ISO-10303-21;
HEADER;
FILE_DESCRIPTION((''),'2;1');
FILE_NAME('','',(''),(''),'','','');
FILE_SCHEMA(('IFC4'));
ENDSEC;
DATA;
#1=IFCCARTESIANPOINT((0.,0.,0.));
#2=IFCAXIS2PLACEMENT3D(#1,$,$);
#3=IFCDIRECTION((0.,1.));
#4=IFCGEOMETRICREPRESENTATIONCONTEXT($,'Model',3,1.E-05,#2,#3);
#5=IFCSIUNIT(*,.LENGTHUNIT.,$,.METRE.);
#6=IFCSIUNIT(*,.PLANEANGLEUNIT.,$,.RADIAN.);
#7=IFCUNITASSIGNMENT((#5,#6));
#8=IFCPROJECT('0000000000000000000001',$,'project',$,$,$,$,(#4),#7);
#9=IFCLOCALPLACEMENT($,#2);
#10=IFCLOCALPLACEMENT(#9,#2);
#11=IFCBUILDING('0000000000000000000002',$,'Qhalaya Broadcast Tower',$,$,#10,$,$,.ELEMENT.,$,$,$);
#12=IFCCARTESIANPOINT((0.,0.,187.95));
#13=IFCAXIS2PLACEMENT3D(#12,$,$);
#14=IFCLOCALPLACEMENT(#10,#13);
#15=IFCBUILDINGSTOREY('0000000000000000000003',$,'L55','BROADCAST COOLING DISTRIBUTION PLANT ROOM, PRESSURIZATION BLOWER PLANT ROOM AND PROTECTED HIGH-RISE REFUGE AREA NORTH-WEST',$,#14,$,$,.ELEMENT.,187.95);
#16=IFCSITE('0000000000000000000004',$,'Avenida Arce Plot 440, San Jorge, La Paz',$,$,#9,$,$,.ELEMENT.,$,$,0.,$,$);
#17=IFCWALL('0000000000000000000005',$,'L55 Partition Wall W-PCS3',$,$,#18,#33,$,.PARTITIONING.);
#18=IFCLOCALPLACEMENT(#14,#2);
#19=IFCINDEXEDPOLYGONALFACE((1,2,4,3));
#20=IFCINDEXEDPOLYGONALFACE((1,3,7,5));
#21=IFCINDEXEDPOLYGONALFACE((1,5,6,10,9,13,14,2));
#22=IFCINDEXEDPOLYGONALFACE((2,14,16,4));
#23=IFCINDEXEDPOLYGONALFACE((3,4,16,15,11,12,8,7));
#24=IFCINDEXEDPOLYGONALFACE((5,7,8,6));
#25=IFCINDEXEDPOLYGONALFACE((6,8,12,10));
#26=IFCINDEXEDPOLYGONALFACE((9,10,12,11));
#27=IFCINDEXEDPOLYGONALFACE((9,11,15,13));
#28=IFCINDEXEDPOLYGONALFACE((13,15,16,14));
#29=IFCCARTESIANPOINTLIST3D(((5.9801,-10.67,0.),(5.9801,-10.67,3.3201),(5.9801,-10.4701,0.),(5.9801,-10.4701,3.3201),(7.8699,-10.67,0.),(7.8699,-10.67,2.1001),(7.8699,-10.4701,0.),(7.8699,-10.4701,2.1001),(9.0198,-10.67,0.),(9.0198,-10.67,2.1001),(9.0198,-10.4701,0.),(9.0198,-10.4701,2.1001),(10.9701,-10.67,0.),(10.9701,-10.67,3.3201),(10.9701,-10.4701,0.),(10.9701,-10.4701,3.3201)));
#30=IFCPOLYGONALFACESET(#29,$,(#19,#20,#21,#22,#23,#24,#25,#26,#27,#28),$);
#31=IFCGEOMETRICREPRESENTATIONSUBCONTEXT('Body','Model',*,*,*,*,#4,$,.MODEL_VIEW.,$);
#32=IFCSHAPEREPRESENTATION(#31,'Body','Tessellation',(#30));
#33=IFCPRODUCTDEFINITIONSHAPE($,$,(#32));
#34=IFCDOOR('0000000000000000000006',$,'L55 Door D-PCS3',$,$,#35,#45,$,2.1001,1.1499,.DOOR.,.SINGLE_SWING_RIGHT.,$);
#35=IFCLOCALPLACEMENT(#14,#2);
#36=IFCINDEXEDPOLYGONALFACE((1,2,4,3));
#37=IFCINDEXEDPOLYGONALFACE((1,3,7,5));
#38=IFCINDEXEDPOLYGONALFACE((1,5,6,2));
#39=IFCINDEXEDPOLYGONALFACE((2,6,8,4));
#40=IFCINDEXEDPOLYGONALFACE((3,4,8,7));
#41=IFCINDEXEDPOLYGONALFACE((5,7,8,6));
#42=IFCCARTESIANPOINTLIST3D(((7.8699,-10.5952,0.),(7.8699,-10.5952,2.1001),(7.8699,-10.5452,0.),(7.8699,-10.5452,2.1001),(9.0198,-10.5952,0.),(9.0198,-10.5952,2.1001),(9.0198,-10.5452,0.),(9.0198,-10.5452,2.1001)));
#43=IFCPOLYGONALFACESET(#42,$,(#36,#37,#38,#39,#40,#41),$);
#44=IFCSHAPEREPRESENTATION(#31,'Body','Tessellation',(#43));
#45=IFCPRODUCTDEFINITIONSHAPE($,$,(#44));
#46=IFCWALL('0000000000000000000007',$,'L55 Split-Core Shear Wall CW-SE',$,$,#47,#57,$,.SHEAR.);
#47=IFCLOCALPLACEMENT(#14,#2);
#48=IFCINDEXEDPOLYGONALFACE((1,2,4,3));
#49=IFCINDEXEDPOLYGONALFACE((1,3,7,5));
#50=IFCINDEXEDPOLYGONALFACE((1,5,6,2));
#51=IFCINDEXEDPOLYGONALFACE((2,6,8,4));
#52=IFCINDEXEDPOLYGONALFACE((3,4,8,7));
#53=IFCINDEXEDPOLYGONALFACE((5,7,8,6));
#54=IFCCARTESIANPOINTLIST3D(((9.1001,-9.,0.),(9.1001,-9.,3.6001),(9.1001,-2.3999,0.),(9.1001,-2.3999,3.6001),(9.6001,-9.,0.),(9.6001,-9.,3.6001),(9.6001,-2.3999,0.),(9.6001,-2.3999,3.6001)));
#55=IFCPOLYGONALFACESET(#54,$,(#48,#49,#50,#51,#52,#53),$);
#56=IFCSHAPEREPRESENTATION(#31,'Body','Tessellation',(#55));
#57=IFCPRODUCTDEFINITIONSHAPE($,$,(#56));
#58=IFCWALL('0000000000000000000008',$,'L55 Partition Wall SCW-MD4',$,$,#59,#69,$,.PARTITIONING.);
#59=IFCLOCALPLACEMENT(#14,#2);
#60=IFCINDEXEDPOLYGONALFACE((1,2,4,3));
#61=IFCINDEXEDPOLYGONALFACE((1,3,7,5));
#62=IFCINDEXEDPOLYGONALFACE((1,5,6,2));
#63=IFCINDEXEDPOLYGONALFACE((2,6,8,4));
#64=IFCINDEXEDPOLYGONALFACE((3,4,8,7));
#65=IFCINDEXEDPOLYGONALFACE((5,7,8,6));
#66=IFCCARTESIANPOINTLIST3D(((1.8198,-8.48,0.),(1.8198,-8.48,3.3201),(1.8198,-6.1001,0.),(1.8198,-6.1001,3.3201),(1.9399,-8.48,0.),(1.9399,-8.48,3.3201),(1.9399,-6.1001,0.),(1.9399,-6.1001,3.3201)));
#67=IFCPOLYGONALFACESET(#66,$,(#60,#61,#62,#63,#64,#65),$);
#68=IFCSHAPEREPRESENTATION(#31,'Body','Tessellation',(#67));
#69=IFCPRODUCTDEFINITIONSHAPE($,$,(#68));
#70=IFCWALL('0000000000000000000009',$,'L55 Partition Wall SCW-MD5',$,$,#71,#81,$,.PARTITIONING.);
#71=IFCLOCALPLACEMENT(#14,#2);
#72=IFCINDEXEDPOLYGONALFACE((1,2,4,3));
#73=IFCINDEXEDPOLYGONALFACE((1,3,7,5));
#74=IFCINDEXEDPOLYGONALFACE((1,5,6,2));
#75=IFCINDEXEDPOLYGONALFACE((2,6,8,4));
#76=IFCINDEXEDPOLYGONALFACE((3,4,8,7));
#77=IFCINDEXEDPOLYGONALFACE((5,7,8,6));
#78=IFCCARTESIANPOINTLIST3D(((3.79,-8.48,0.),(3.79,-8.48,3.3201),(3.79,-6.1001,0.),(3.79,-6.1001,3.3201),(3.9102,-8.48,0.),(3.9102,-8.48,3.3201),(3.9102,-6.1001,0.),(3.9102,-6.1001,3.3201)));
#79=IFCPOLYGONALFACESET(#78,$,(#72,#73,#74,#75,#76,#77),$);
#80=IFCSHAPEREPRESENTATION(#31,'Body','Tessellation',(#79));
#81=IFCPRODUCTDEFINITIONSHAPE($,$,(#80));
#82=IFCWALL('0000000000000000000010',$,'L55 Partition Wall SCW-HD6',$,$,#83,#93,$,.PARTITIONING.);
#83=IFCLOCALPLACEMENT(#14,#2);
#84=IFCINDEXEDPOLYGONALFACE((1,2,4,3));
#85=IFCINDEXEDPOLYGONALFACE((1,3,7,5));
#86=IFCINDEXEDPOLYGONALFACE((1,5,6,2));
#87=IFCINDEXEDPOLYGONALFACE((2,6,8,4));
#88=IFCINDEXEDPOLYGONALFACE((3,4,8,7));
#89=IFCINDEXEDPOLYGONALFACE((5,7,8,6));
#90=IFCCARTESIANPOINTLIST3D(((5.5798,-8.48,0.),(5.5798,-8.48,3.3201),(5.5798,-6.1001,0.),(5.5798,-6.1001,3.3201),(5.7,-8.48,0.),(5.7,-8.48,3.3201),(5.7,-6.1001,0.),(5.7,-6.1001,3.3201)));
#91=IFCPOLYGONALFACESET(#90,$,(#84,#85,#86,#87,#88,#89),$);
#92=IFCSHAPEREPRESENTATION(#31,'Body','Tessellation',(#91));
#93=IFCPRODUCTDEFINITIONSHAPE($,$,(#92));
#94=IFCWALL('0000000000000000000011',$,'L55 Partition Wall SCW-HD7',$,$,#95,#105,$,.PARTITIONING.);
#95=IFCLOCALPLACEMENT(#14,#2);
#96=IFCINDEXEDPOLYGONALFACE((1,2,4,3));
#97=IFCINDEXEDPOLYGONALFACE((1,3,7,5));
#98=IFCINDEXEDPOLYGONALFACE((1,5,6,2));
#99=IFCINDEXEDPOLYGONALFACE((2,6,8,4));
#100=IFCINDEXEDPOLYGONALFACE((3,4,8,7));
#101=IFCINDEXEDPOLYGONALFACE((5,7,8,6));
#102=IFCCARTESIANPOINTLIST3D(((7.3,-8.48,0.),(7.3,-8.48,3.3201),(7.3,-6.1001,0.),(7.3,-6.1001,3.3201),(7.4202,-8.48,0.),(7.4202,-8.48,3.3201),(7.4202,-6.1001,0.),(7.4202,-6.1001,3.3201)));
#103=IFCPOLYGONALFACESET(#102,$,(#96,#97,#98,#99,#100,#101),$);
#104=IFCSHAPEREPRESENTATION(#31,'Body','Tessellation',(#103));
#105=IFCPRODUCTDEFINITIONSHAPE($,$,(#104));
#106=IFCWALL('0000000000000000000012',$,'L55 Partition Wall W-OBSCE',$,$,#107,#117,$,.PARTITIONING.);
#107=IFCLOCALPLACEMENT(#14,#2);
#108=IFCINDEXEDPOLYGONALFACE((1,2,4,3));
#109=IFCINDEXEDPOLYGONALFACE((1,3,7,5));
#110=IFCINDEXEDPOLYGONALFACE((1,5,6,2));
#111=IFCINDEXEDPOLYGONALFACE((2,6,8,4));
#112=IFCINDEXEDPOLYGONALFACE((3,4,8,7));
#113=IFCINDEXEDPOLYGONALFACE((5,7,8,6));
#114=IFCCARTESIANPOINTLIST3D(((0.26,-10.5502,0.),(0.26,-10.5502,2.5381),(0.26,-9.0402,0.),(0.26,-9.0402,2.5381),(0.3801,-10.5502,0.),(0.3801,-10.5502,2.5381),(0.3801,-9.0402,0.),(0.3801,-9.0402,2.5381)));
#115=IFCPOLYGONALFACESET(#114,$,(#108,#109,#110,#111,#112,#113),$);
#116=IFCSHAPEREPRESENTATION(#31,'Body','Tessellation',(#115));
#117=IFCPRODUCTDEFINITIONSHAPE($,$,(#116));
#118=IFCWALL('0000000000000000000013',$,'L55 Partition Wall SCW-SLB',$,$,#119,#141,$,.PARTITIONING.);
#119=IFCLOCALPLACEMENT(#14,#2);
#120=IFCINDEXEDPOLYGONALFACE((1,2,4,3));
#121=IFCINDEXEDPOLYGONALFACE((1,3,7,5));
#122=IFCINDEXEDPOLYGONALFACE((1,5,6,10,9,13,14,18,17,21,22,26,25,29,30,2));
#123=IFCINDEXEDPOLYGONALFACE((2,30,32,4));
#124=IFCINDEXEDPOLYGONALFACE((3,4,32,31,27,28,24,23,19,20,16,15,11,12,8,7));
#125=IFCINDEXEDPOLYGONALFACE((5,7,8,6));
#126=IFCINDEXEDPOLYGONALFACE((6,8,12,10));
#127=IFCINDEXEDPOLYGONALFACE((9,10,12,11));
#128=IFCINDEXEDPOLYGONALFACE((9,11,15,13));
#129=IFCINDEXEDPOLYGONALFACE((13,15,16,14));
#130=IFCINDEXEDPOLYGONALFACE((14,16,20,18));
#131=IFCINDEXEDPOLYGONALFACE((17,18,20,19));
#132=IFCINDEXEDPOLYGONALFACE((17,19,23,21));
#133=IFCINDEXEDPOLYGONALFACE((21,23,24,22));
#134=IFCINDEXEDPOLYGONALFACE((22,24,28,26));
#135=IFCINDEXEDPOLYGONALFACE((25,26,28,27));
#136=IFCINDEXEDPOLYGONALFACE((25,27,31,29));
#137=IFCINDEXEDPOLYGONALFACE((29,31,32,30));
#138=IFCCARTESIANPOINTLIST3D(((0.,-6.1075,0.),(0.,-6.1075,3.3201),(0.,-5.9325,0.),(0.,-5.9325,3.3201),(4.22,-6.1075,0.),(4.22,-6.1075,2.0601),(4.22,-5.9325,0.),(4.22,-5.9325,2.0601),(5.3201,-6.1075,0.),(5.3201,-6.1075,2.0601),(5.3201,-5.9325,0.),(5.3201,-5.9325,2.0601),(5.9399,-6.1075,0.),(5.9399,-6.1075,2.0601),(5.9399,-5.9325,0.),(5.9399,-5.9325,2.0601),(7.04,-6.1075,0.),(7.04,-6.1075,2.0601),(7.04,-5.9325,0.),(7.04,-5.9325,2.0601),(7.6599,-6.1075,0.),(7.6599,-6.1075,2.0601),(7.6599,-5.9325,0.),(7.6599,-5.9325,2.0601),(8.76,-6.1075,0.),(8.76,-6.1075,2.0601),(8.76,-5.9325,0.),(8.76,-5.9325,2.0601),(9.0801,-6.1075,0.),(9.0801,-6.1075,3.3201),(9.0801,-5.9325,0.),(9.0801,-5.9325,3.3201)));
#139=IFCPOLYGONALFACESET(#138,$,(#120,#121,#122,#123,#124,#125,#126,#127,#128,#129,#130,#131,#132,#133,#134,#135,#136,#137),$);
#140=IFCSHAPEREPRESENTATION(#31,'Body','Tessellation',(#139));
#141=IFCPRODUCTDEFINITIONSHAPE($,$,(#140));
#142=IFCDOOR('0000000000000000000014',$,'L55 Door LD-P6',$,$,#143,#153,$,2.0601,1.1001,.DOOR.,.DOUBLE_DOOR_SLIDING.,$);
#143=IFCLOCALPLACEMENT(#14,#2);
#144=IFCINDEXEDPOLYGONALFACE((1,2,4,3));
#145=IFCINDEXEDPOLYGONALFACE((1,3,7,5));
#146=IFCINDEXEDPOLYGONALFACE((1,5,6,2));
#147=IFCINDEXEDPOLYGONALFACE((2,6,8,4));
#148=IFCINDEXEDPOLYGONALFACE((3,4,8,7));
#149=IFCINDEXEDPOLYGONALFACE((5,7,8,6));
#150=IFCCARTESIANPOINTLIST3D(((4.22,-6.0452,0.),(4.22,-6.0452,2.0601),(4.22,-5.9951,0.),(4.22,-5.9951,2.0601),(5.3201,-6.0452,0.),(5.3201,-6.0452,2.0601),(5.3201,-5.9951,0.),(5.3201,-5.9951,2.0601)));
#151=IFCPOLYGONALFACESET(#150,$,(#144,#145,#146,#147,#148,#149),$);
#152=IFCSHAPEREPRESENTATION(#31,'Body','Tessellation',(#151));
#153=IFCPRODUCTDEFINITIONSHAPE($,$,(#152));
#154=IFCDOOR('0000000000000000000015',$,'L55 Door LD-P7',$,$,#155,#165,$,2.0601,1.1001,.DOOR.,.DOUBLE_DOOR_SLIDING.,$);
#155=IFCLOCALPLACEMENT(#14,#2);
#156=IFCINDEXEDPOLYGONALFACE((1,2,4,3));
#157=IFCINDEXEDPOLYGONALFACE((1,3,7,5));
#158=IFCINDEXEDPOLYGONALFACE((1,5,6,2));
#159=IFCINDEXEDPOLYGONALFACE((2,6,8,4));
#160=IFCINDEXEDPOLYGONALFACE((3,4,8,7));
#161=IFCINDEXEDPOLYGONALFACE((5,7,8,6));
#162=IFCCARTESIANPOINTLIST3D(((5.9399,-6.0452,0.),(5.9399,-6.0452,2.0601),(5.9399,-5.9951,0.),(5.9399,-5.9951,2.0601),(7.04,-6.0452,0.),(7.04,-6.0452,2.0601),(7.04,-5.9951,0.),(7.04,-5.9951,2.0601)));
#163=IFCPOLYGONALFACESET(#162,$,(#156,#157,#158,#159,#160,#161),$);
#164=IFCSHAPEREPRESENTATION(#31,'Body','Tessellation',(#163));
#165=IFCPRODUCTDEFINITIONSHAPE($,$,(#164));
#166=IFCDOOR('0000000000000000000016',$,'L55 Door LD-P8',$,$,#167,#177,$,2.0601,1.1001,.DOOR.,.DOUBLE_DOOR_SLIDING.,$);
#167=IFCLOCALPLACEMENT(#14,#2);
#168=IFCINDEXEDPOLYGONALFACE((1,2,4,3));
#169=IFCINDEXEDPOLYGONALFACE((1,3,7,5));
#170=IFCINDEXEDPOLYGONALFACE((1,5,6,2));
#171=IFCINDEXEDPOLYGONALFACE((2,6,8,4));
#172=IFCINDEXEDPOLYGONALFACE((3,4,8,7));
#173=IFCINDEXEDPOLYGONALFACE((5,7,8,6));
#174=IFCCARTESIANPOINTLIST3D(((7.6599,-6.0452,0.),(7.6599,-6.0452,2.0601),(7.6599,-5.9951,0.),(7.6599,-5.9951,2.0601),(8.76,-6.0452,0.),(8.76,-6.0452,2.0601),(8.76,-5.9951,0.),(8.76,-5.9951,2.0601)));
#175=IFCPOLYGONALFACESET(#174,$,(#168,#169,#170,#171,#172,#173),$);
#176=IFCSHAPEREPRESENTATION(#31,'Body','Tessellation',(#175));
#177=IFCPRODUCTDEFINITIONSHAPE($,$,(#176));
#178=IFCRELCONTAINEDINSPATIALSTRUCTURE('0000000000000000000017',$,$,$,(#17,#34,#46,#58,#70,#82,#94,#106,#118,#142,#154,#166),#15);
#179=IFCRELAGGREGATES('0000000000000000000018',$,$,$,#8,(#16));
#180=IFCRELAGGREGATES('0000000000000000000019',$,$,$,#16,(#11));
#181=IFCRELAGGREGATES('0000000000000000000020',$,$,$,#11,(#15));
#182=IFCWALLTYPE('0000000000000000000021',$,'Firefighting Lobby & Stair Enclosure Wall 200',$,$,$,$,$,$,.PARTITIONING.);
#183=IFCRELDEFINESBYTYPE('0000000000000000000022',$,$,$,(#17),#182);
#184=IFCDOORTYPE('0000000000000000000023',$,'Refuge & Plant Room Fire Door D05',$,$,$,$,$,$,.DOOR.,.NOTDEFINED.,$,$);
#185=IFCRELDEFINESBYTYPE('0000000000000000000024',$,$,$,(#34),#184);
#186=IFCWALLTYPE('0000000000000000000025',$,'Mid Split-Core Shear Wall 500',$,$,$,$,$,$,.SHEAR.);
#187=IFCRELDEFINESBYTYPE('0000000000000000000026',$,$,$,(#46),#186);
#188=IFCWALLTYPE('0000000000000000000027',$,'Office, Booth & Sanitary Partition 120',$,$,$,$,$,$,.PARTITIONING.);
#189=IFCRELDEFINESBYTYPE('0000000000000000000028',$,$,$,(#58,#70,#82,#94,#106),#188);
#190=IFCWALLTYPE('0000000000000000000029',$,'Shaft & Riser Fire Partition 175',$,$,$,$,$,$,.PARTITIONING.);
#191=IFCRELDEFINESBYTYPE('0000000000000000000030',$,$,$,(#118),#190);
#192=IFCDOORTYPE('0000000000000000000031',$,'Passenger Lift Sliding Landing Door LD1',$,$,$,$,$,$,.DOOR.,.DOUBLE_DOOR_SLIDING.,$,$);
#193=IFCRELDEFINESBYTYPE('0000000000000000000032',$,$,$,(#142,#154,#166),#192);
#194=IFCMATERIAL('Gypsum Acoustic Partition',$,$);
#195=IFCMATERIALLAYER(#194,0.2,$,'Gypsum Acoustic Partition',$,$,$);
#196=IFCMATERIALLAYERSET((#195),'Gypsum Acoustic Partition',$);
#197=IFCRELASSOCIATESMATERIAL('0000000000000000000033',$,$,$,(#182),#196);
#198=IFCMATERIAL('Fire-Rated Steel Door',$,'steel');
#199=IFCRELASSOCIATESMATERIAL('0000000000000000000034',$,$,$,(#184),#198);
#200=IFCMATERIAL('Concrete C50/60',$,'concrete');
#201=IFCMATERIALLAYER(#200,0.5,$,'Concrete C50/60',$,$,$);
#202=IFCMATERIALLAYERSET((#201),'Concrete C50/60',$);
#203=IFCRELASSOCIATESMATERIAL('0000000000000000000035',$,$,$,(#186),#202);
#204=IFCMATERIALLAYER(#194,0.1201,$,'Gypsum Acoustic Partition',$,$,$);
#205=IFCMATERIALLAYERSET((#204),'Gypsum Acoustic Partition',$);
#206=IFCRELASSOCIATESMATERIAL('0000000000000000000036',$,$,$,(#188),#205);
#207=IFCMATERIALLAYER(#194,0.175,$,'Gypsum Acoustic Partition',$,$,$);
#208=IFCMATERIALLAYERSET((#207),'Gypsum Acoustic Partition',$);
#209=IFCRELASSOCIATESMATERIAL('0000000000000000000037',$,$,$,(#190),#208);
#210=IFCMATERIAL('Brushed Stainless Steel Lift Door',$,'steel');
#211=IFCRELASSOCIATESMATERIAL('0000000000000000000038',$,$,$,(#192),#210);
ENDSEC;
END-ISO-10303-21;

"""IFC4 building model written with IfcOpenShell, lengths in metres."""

from ifc_helpers import new_model, si_unit, direction, frame, frame_2d, origin, place, context, subcontext, project, spatial, rectangle, extrude, material, layer, layer_set, type_object, element, fill, save


model = new_model("IFC4")

# Units and contexts
model_context = context("Model", 3, precision=1e-05, world=origin(), true_north=direction((0.0, 1.0)))
body_context = subcontext(model_context, "Body", "Model", "MODEL_VIEW")
ifc_project = project(units=[si_unit("LENGTHUNIT", "METRE"), si_unit("PLANEANGLEUNIT", "RADIAN")], contexts=[model_context])

# Site, building, storey
site_placement = place(None, origin())
site = spatial("IfcSite", under=ifc_project, at=site_placement, Name="Avenida Arce Plot 440, San Jorge, La Paz", CompositionType="ELEMENT", RefElevation=0.0)
building_placement = place(site_placement, origin())
building = spatial("IfcBuilding", under=site, at=building_placement, Name="Qhalaya Broadcast Tower", CompositionType="ELEMENT")
storey_placement = place(building_placement, frame((0.0, 0.0, 187.95)))
storey = spatial("IfcBuildingStorey", under=building, at=storey_placement, Name="L55", Description="BROADCAST COOLING DISTRIBUTION PLANT ROOM, PRESSURIZATION BLOWER PLANT ROOM AND PROTECTED HIGH-RISE REFUGE AREA NORTH-WEST", CompositionType="ELEMENT", Elevation=187.95)

# Wall, opening, door
ifc_material_1 = material(Name="Gypsum Acoustic Partition")
ifc_layer_1 = layer(ifc_material_1, 0.2, Name="Gypsum Acoustic Partition")
ifc_layer_set_1 = layer_set([ifc_layer_1], Name="Gypsum Acoustic Partition")
wall_type_1 = type_object("IfcWallType", Name="Firefighting Lobby & Stair Enclosure Wall 200", PredefinedType="PARTITIONING", material=ifc_layer_set_1)
ifc_material_2 = material(Name="Fire-Rated Steel Door", Category="steel")
door_type_1 = type_object("IfcDoorType", Name="Refuge & Plant Room Fire Door D05", OperationType="NOTDEFINED", PredefinedType="DOOR", material=ifc_material_2)
wall_1_placement = place(storey_placement, frame((5.98, -10.5701, 0.0), z_axis=(0.0, 0.0, 1.0), x_axis=(1.0, 0.0, 0.0)))
wall_1 = element("IfcWall", 1, at=wall_1_placement, inside=storey, type_object=wall_type_1, Name="L55 Partition Wall W-PCS3", PredefinedType="PARTITIONING", context=body_context, shape_type="SweptSolid", body=[
    extrude(rectangle(XDim=4.99, YDim=0.2, at=frame_2d((2.4951, 0.0))), origin(), (0.0, 0.0, 1.0), 3.3201),
])
opening_1_placement = place(wall_1_placement, frame((1.8899, 0.0, 0.0)))
opening_1 = element("IfcOpeningElement", 2, at=opening_1_placement, cuts=wall_1, PredefinedType="OPENING", context=body_context, shape_type="SweptSolid", body=[
    extrude(rectangle(XDim=1.1499, YDim=2.1001, at=frame_2d((0.575, 1.05))), frame((0.0, 0.1121, 0.0), z_axis=(0.0, -1.0, 0.0), x_axis=(1.0, 0.0, 0.0)), (0.0, 0.0, 1.0), 0.2239),
])
door_1_placement = place(opening_1_placement, origin())
door_1 = element("IfcDoor", 3, at=door_1_placement, inside=storey, type_object=door_type_1, Name="L55 Door D-PCS3", OperationType="SINGLE_SWING_RIGHT", OverallHeight=2.1001, OverallWidth=1.1499, PredefinedType="DOOR", context=body_context, shape_type="SweptSolid", body=[
    extrude(rectangle(XDim=1.1499, YDim=2.1001, at=frame_2d((0.575, 1.05))), frame((0.0, 0.0249, 0.0), z_axis=(0.0, -1.0, 0.0), x_axis=(1.0, 0.0, 0.0)), (0.0, 0.0, 1.0), 0.05),
])
fill(opening_1, door_1)

# Walls
ifc_material_3 = material(Name="Concrete C50/60", Category="concrete")
ifc_layer_2 = layer(ifc_material_3, 0.5, Name="Concrete C50/60")
ifc_layer_set_2 = layer_set([ifc_layer_2], Name="Concrete C50/60")
wall_type_2 = type_object("IfcWallType", Name="Mid Split-Core Shear Wall 500", PredefinedType="SHEAR", material=ifc_layer_set_2)
wall_2_placement = place(storey_placement, frame((9.3501, -9.0, 0.0), z_axis=(0.0, 0.0, 1.0), x_axis=(0.0, 1.0, 0.0)))
element("IfcWall", 4, at=wall_2_placement, inside=storey, type_object=wall_type_2, Name="L55 Split-Core Shear Wall CW-SE", PredefinedType="SHEAR", context=body_context, shape_type="SweptSolid", body=[
    extrude(rectangle(XDim=6.6001, YDim=0.5, at=frame_2d((3.3, 0.0))), origin(), (0.0, 0.0, 1.0), 3.6001),
])
ifc_layer_3 = layer(ifc_material_1, 0.1201, Name="Gypsum Acoustic Partition")
ifc_layer_set_3 = layer_set([ifc_layer_3], Name="Gypsum Acoustic Partition")
wall_type_3 = type_object("IfcWallType", Name="Office, Booth & Sanitary Partition 120", PredefinedType="PARTITIONING", material=ifc_layer_set_3)
for number, where, z_axis, x_axis, name in (
    (5, (1.8799, -8.48, 0.0), (0.0, 0.0, 1.0), (0.0, 1.0, 0.0), "L55 Partition Wall SCW-MD4"),
    (6, (3.8501, -8.48, 0.0), (0.0, 0.0, 1.0), (0.0, 1.0, 0.0), "L55 Partition Wall SCW-MD5"),
    (7, (5.6399, -8.48, 0.0), (0.0, 0.0, 1.0), (0.0, 1.0, 0.0), "L55 Partition Wall SCW-HD6"),
    (8, (7.3601, -8.48, 0.0), (0.0, 0.0, 1.0), (0.0, 1.0, 0.0), "L55 Partition Wall SCW-HD7"),
):
    element("IfcWall", number, at=place(storey_placement, frame(where, z_axis=z_axis, x_axis=x_axis)), inside=storey, type_object=wall_type_3, Name=name, PredefinedType="PARTITIONING", context=body_context, shape_type="SweptSolid", body=[
        extrude(rectangle(XDim=2.3799, YDim=0.1201, at=frame_2d((1.1899, 0.0))), origin(), (0.0, 0.0, 1.0), 3.3201),
    ])
wall_3_placement = place(storey_placement, frame((0.3201, -10.55, 0.0), z_axis=(0.0, 0.0, 1.0), x_axis=(0.0, 1.0, 0.0)))
element("IfcWall", 9, at=wall_3_placement, inside=storey, type_object=wall_type_3, Name="L55 Partition Wall W-OBSCE", PredefinedType="PARTITIONING", context=body_context, shape_type="SweptSolid", body=[
    extrude(rectangle(XDim=1.51, YDim=0.1201, at=frame_2d((0.7549, 0.0))), origin(), (0.0, 0.0, 1.0), 2.5381),
])

# Wall, openings, doors
ifc_layer_4 = layer(ifc_material_1, 0.175, Name="Gypsum Acoustic Partition")
ifc_layer_set_4 = layer_set([ifc_layer_4], Name="Gypsum Acoustic Partition")
wall_type_4 = type_object("IfcWallType", Name="Shaft & Riser Fire Partition 175", PredefinedType="PARTITIONING", material=ifc_layer_set_4)
wall_4_placement = place(storey_placement, frame((0.0, -6.02, 0.0), z_axis=(0.0, 0.0, 1.0), x_axis=(1.0, 0.0, 0.0)))
wall_4 = element("IfcWall", 10, at=wall_4_placement, inside=storey, type_object=wall_type_4, Name="L55 Partition Wall SCW-SLB", PredefinedType="PARTITIONING", context=body_context, shape_type="SweptSolid", body=[
    extrude(rectangle(XDim=9.0801, YDim=0.175, at=frame_2d((4.54, 0.0))), origin(), (0.0, 0.0, 1.0), 3.3201),
])
opening_2_placement = place(wall_4_placement, frame((4.22, 0.0, 0.0)))
opening_2 = element("IfcOpeningElement", 11, at=opening_2_placement, cuts=wall_4, PredefinedType="OPENING", context=body_context, shape_type="SweptSolid", body=[
    extrude(rectangle(XDim=1.1001, YDim=2.0601, at=frame_2d((0.55, 1.03))), frame((0.0, 0.0996, 0.0), z_axis=(0.0, -1.0, 0.0), x_axis=(1.0, 0.0, 0.0)), (0.0, 0.0, 1.0), 0.199),
])
opening_3_placement = place(wall_4_placement, frame((5.9399, 0.0, 0.0)))
opening_3 = element("IfcOpeningElement", 12, at=opening_3_placement, cuts=wall_4, PredefinedType="OPENING", context=body_context, shape_type="SweptSolid", body=[
    extrude(rectangle(XDim=1.1001, YDim=2.0601, at=frame_2d((0.55, 1.03))), frame((0.0, 0.0996, 0.0), z_axis=(0.0, -1.0, 0.0), x_axis=(1.0, 0.0, 0.0)), (0.0, 0.0, 1.0), 0.199),
])
opening_4_placement = place(wall_4_placement, frame((7.6599, 0.0, 0.0)))
opening_4 = element("IfcOpeningElement", 13, at=opening_4_placement, cuts=wall_4, PredefinedType="OPENING", context=body_context, shape_type="SweptSolid", body=[
    extrude(rectangle(XDim=1.1001, YDim=2.0601, at=frame_2d((0.55, 1.03))), frame((0.0, 0.0996, 0.0), z_axis=(0.0, -1.0, 0.0), x_axis=(1.0, 0.0, 0.0)), (0.0, 0.0, 1.0), 0.199),
])
ifc_material_4 = material(Name="Brushed Stainless Steel Lift Door", Category="steel")
door_type_2 = type_object("IfcDoorType", Name="Passenger Lift Sliding Landing Door LD1", OperationType="DOUBLE_DOOR_SLIDING", PredefinedType="DOOR", material=ifc_material_4)
door_2_placement = place(opening_2_placement, origin())
door_2 = element("IfcDoor", 14, at=door_2_placement, inside=storey, type_object=door_type_2, Name="L55 Door LD-P6", OperationType="DOUBLE_DOOR_SLIDING", OverallHeight=2.0601, OverallWidth=1.1001, PredefinedType="DOOR", context=body_context, shape_type="SweptSolid", body=[
    extrude(rectangle(XDim=1.1001, YDim=2.0601, at=frame_2d((0.55, 1.03))), frame((0.0, 0.0249, 0.0), z_axis=(0.0, -1.0, 0.0), x_axis=(1.0, 0.0, 0.0)), (0.0, 0.0, 1.0), 0.05),
])
fill(opening_2, door_2)
door_3_placement = place(opening_3_placement, origin())
door_3 = element("IfcDoor", 15, at=door_3_placement, inside=storey, type_object=door_type_2, Name="L55 Door LD-P7", OperationType="DOUBLE_DOOR_SLIDING", OverallHeight=2.0601, OverallWidth=1.1001, PredefinedType="DOOR", context=body_context, shape_type="SweptSolid", body=[
    extrude(rectangle(XDim=1.1001, YDim=2.0601, at=frame_2d((0.55, 1.03))), frame((0.0, 0.0249, 0.0), z_axis=(0.0, -1.0, 0.0), x_axis=(1.0, 0.0, 0.0)), (0.0, 0.0, 1.0), 0.05),
])
fill(opening_3, door_3)
door_4_placement = place(opening_4_placement, origin())
door_4 = element("IfcDoor", 16, at=door_4_placement, inside=storey, type_object=door_type_2, Name="L55 Door LD-P8", OperationType="DOUBLE_DOOR_SLIDING", OverallHeight=2.0601, OverallWidth=1.1001, PredefinedType="DOOR", context=body_context, shape_type="SweptSolid", body=[
    extrude(rectangle(XDim=1.1001, YDim=2.0601, at=frame_2d((0.55, 1.03))), frame((0.0, 0.0249, 0.0), z_axis=(0.0, -1.0, 0.0), x_axis=(1.0, 0.0, 0.0)), (0.0, 0.0, 1.0), 0.05),
])
fill(opening_4, door_4)

save(model, "model.ifc")
